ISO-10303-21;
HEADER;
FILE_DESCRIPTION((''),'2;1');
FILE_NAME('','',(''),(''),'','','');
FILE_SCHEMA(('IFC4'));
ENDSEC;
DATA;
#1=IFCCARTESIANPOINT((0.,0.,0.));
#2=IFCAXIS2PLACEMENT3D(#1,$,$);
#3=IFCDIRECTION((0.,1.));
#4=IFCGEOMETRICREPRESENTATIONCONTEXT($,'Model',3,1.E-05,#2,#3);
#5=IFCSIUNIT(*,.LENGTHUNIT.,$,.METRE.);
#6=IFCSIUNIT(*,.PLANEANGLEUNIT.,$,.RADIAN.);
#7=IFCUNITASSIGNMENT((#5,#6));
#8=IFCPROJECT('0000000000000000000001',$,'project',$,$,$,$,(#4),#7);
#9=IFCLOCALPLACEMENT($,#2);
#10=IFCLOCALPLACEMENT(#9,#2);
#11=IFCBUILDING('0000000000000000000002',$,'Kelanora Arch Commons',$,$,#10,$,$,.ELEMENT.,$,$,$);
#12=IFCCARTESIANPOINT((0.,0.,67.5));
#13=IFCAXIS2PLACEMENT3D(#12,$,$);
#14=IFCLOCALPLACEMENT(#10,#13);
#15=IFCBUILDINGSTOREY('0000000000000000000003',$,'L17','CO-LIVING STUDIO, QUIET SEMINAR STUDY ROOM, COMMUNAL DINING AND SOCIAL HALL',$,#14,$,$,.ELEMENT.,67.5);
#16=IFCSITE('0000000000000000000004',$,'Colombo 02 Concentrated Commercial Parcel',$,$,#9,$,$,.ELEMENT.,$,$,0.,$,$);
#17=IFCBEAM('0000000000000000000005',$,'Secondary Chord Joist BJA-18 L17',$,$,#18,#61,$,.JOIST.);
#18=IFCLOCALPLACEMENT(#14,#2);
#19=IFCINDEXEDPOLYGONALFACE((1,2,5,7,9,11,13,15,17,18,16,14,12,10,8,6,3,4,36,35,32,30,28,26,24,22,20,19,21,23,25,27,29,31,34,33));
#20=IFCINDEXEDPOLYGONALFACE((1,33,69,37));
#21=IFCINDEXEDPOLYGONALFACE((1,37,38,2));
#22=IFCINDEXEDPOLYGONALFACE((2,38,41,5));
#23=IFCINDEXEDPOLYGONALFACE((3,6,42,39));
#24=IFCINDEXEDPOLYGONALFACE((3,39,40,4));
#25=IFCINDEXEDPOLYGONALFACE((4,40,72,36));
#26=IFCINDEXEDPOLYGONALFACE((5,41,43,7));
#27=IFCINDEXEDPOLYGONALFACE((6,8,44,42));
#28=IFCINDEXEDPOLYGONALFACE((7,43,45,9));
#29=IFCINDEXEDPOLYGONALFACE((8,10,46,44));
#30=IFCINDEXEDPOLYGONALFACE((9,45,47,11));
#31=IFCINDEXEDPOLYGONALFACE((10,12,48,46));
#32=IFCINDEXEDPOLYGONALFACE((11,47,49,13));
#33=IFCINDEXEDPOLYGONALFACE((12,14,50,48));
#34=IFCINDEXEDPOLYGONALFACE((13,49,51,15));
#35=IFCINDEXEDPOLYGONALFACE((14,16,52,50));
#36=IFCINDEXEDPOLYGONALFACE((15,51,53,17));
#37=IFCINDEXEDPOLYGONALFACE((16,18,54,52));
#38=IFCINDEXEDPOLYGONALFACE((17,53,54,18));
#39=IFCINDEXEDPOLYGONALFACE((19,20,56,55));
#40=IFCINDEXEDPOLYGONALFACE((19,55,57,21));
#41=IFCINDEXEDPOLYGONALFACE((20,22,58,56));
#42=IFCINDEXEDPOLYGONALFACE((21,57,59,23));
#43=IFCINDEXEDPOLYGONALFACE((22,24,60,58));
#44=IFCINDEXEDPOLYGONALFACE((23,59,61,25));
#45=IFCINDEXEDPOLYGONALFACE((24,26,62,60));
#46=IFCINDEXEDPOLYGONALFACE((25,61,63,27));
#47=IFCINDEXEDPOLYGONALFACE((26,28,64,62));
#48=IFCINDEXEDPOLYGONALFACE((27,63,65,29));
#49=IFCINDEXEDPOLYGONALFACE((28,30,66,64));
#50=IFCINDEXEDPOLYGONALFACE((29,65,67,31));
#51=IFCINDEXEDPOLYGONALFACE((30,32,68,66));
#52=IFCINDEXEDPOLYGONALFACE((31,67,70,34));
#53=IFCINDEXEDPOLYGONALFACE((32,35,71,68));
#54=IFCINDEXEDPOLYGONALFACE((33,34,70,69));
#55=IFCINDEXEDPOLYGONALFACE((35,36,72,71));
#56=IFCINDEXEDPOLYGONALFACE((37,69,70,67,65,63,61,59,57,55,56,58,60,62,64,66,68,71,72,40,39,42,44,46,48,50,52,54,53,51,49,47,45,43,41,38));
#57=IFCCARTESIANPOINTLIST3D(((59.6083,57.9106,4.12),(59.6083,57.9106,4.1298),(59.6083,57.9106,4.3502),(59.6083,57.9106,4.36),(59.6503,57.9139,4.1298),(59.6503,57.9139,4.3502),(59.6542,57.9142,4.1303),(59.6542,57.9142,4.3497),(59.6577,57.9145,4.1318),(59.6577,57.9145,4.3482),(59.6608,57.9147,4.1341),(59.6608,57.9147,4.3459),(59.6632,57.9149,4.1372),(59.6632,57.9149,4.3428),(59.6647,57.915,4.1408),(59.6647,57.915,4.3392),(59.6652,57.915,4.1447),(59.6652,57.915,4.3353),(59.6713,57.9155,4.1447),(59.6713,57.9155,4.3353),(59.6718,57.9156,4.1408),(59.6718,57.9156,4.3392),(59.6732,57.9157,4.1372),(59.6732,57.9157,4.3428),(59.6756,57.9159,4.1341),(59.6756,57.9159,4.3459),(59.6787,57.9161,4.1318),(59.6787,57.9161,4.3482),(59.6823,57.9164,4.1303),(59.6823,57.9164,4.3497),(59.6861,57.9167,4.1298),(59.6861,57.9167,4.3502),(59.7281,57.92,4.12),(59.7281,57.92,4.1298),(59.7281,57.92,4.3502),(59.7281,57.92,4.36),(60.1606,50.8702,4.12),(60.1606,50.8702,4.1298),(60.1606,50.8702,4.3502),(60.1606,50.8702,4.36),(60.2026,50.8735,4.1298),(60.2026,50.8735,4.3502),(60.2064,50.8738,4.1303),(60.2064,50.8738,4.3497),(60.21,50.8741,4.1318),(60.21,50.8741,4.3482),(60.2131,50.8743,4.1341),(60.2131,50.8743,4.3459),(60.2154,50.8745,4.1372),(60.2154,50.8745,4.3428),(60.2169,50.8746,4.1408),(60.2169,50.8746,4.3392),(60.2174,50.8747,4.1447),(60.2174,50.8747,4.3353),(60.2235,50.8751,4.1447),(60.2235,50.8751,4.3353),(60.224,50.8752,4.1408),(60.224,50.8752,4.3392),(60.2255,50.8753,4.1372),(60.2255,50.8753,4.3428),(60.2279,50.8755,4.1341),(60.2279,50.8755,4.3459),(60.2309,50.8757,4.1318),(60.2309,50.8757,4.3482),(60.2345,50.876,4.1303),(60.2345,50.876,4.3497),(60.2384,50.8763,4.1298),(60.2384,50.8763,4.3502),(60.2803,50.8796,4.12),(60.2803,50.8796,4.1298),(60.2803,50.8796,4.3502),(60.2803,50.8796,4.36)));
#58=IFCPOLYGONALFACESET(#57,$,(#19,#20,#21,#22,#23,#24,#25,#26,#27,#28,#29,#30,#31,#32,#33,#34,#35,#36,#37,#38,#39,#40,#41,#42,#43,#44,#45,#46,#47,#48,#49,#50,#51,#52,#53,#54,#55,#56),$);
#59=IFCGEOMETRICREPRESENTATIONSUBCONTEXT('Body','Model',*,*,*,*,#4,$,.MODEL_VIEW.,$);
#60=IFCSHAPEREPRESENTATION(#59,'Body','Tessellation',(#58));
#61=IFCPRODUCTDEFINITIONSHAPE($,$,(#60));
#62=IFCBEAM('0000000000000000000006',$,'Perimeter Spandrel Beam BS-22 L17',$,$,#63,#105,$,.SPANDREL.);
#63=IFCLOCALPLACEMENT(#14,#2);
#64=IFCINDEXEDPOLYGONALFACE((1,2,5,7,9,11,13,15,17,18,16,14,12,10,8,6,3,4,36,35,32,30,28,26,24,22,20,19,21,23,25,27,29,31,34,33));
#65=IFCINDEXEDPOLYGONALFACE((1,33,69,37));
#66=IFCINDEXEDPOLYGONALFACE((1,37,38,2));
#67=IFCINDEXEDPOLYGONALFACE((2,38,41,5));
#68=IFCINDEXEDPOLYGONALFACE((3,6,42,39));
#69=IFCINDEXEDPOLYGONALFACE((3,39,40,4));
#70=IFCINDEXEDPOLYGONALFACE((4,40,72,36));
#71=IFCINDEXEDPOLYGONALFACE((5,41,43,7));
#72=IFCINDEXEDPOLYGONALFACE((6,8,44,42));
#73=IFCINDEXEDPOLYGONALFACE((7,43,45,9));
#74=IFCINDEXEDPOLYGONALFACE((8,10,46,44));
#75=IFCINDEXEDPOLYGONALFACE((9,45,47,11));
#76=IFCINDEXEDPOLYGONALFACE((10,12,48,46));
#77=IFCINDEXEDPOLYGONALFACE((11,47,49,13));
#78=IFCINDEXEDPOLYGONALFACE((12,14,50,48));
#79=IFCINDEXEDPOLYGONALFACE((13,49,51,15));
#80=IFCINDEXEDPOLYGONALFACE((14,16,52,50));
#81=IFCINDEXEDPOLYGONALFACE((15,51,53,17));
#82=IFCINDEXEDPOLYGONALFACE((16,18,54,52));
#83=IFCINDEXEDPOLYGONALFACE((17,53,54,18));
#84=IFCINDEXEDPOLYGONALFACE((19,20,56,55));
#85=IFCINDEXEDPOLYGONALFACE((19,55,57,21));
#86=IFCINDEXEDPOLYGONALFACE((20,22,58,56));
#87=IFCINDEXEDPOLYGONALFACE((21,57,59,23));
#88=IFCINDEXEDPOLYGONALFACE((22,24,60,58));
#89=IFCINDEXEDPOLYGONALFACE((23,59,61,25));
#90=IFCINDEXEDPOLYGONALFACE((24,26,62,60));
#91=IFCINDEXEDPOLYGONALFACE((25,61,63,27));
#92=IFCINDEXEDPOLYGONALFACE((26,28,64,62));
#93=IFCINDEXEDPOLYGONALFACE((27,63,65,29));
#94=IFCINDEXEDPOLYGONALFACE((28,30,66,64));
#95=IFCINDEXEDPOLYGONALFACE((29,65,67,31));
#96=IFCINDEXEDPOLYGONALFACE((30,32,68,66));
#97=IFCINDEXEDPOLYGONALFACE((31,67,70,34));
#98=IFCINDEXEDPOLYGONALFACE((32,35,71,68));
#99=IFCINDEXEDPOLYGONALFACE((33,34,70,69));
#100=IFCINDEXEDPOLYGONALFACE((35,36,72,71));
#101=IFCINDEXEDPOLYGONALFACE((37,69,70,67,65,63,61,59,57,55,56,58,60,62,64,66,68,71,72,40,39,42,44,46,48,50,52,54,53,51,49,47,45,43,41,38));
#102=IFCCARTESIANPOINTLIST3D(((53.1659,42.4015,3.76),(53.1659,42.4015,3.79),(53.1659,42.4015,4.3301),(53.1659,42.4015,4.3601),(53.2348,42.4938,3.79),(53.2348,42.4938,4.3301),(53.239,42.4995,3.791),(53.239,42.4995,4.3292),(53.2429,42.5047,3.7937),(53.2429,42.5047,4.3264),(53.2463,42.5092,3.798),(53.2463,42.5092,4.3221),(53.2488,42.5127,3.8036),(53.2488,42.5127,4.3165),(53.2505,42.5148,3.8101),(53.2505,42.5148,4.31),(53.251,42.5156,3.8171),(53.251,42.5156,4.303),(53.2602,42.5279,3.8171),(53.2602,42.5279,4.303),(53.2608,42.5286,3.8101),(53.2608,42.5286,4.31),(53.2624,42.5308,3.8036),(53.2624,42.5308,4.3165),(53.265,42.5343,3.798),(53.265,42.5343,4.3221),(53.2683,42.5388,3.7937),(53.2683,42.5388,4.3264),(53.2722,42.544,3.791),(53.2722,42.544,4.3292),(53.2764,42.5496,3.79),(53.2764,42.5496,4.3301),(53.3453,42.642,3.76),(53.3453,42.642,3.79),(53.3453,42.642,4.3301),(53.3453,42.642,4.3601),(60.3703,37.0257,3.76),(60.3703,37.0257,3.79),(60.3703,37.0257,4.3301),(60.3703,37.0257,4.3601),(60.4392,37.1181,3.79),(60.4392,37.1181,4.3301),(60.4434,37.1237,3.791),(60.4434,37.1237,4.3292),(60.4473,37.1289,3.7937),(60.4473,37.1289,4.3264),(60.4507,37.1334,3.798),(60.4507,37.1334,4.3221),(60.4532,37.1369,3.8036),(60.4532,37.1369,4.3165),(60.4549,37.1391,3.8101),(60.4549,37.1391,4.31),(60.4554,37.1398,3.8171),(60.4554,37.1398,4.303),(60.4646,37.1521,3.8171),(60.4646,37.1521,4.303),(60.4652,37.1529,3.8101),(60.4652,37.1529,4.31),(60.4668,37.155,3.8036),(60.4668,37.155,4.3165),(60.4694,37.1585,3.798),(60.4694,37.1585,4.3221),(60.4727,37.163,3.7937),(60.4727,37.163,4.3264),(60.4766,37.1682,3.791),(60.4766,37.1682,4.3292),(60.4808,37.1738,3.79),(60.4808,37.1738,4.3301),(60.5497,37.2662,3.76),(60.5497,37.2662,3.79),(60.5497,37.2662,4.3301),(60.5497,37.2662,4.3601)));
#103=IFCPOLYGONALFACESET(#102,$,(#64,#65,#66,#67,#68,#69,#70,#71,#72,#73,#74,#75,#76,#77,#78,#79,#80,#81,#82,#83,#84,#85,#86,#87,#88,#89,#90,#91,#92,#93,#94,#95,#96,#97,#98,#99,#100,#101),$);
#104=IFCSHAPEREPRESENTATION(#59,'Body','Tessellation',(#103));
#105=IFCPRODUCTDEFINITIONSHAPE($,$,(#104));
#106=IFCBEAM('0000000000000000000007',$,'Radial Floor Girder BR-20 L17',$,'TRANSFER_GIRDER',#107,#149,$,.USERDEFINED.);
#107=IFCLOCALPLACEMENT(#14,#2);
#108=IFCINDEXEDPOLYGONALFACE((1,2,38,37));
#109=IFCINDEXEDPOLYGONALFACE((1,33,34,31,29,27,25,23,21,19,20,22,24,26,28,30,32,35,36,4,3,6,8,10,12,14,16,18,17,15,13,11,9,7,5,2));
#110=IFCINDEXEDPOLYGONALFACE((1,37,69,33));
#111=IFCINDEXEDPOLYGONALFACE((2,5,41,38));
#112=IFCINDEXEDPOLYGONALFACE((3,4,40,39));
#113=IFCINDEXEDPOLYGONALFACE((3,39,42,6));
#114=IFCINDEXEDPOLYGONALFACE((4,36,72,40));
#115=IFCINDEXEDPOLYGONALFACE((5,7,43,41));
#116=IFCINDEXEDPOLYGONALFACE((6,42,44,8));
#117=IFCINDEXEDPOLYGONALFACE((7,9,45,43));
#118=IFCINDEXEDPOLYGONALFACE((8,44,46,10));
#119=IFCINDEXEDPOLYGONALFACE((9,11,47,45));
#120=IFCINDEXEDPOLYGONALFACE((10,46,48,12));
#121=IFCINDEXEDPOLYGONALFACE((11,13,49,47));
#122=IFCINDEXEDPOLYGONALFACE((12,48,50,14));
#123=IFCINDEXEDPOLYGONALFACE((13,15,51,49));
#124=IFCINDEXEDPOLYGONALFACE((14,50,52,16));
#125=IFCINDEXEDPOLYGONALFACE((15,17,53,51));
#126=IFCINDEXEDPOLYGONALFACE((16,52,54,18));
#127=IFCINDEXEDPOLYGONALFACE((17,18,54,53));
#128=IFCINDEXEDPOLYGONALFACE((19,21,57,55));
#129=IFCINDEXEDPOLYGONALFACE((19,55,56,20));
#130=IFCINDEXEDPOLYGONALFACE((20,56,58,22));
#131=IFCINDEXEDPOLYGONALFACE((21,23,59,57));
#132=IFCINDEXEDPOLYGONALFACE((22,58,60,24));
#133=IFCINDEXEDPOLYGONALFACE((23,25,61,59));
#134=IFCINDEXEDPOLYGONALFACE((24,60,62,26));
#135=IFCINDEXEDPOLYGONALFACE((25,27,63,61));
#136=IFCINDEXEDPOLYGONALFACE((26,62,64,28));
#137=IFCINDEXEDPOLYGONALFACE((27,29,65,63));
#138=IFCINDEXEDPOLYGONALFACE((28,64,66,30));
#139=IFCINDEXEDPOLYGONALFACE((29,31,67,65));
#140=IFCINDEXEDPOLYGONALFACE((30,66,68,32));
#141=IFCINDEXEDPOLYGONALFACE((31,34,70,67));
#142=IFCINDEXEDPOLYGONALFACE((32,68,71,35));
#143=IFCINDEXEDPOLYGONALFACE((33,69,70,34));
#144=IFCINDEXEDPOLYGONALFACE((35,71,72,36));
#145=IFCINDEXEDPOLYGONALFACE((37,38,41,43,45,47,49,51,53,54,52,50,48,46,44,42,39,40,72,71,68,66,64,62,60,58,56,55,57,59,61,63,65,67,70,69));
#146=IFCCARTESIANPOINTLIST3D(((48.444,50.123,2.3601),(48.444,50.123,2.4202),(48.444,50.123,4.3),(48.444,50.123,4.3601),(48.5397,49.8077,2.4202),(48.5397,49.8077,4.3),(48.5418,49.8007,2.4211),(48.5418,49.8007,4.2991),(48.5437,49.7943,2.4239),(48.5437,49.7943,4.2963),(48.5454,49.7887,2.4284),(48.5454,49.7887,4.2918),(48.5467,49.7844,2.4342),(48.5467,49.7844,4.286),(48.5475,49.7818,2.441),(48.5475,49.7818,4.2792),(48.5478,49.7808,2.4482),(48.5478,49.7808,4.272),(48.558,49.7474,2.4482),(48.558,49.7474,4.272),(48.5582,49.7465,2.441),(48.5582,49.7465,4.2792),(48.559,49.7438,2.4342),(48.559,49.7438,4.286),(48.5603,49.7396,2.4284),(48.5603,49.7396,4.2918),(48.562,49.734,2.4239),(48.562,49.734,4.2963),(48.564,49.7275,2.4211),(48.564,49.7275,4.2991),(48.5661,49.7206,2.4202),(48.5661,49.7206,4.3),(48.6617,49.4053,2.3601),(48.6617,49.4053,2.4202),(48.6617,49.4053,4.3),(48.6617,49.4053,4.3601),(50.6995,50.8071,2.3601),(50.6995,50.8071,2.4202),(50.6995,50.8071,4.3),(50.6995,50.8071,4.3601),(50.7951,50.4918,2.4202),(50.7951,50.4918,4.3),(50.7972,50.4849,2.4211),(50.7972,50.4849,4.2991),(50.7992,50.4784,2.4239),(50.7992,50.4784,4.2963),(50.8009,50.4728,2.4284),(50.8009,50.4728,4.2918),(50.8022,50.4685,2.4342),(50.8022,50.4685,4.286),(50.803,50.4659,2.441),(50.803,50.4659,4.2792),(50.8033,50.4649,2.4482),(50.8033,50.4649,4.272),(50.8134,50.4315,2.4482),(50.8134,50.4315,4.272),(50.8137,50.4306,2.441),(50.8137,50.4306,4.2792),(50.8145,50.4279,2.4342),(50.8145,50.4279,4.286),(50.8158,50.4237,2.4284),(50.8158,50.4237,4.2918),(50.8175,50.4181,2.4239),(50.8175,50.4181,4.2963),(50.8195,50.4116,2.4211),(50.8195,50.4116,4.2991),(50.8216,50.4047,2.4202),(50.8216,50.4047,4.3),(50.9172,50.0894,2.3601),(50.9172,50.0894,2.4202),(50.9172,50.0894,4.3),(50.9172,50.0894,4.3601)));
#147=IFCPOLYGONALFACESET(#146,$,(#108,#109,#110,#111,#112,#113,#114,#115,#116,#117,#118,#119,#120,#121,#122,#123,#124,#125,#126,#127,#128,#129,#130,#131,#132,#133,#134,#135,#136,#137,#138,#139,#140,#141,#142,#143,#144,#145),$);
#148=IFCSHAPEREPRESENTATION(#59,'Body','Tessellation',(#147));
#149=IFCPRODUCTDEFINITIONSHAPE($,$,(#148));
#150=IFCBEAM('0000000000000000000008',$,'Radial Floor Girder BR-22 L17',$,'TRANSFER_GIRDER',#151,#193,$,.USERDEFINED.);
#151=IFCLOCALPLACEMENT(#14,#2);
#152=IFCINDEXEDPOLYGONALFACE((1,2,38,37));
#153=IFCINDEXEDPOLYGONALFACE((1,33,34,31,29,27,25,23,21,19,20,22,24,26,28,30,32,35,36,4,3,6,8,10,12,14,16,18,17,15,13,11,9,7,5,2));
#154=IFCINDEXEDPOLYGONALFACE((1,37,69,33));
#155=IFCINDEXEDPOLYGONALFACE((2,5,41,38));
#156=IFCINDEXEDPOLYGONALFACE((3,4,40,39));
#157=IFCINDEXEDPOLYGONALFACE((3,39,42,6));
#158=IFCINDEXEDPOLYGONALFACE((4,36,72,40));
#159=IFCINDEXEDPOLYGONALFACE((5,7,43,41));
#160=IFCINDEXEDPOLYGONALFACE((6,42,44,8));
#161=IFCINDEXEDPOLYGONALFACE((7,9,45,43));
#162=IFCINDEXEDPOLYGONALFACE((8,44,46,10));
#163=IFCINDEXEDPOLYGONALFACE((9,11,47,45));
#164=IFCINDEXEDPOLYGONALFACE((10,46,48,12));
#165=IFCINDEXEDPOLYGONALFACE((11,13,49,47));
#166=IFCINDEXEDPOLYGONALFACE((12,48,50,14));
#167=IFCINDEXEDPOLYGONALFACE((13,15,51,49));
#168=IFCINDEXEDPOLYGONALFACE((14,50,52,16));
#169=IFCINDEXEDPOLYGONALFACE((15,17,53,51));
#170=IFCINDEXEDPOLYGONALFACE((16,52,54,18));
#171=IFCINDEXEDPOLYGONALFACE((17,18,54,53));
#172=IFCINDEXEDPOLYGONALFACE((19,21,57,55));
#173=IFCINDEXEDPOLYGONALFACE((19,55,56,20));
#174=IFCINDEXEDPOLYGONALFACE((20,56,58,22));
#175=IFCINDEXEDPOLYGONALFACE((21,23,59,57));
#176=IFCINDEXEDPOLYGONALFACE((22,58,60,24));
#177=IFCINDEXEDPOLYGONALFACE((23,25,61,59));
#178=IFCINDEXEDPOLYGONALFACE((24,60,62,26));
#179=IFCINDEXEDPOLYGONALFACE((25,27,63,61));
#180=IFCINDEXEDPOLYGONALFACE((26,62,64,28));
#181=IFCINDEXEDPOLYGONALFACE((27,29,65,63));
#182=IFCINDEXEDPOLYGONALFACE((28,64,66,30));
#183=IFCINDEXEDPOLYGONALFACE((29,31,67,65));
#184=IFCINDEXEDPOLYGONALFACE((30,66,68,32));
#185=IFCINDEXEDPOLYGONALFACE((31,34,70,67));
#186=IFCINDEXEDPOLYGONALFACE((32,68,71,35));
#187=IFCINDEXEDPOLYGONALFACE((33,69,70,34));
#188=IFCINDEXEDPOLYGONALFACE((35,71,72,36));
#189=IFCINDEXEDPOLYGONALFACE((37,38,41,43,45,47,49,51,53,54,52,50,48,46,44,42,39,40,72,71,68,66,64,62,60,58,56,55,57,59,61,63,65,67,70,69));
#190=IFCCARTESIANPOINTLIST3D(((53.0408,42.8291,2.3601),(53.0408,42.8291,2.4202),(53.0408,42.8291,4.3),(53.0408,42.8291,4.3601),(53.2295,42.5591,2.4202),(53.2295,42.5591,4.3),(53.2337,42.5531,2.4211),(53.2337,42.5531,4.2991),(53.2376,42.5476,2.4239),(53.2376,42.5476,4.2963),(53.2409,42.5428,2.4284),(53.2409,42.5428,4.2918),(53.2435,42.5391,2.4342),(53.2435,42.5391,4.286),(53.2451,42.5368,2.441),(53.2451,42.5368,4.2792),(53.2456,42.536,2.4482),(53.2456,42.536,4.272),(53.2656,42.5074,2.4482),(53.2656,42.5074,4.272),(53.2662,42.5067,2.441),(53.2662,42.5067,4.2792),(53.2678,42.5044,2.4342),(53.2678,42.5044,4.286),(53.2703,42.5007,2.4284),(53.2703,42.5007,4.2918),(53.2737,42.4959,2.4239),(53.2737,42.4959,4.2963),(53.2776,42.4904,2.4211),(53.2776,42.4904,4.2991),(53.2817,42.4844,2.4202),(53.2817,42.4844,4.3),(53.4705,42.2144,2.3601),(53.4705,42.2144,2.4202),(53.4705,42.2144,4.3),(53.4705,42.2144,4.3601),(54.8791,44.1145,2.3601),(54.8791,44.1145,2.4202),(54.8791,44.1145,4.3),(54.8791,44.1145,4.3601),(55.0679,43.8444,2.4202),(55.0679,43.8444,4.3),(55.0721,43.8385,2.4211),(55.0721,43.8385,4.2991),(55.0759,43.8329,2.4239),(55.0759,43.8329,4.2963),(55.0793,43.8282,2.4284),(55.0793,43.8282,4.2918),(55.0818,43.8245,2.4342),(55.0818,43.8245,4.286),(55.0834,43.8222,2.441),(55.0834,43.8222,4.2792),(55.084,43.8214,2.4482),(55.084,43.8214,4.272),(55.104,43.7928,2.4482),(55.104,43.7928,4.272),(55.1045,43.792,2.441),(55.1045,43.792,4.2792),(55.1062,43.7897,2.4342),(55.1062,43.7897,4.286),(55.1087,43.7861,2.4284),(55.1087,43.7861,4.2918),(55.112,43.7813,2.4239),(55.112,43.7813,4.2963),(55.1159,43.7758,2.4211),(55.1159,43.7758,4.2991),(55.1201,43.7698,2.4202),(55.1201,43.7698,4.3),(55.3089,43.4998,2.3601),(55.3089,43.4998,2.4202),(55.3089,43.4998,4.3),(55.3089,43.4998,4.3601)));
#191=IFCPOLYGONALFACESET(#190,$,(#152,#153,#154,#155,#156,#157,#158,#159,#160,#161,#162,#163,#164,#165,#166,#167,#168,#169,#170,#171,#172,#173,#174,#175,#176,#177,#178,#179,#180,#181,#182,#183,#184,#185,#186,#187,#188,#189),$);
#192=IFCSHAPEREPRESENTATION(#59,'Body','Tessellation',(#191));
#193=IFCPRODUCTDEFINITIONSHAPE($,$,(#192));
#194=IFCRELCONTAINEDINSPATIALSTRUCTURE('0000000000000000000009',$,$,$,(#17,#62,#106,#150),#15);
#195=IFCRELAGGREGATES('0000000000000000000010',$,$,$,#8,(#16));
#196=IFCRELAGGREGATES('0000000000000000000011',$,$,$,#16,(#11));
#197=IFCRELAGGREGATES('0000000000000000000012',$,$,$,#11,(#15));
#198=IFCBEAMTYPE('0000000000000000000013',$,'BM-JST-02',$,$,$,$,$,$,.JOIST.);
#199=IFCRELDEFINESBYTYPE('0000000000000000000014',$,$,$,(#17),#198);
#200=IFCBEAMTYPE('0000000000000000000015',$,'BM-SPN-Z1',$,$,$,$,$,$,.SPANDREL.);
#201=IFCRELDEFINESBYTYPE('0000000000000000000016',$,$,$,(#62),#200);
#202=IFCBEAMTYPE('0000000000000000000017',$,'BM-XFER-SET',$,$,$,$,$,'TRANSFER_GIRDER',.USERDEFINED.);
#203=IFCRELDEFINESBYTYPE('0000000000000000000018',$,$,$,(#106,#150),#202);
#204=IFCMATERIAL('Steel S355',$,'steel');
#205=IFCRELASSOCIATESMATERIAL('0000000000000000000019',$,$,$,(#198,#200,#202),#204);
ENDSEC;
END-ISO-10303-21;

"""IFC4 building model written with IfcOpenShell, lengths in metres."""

from ifc_helpers import new_model, si_unit, direction, frame, origin, origin_2d, place, context, subcontext, project, spatial, i_section, extrude, material, material_profile, profile_set, type_object, element, save


model = new_model("IFC4")

# Units and contexts
model_context = context("Model", 3, precision=1e-05, world=origin(), true_north=direction((0.0, 1.0)))
body_context = subcontext(model_context, "Body", "Model", "MODEL_VIEW")
ifc_project = project(units=[si_unit("LENGTHUNIT", "METRE"), si_unit("PLANEANGLEUNIT", "RADIAN")], contexts=[model_context])

# Site, building, storey
site_placement = place(None, origin())
site = spatial("IfcSite", under=ifc_project, at=site_placement, Name="Colombo 02 Concentrated Commercial Parcel", CompositionType="ELEMENT", RefElevation=0.0)
building_placement = place(site_placement, origin())
building = spatial("IfcBuilding", under=site, at=building_placement, Name="Kelanora Arch Commons", CompositionType="ELEMENT")
storey_placement = place(building_placement, frame((0.0, 0.0, 67.5)))
storey = spatial("IfcBuildingStorey", under=building, at=storey_placement, Name="L17", Description="CO-LIVING STUDIO, QUIET SEMINAR STUDY ROOM, COMMUNAL DINING AND SOCIAL HALL", CompositionType="ELEMENT", Elevation=67.5)

# Beams
ifc_material_1 = material(Name="Steel S355", Category="steel")
ifc_material_profile_1 = material_profile(ifc_material_1, i_section(OverallWidth=0.1201, OverallDepth=0.24, WebThickness=0.0061, FlangeThickness=0.0098, FilletRadius=0.0149, at=origin_2d()), Name="IPE240")
ifc_profile_set_1 = profile_set([ifc_material_profile_1], Name="Steel S355")
beam_type_1 = type_object("IfcBeamType", Name="BM-JST-02", PredefinedType="JOIST", material=ifc_profile_set_1)
beam_1_placement = place(storey_placement, frame((59.6682, 57.9153, 4.24), z_axis=(0.078201, -0.996938, 0.0), x_axis=(0.996938, 0.078201, 0.0)))
element("IfcBeam", 1, at=beam_1_placement, inside=storey, type_object=beam_type_1, Name="Secondary Chord Joist BJA-18 L17", PredefinedType="JOIST", context=body_context, shape_type="SweptSolid", body=[
    extrude(i_section(OverallWidth=0.1201, OverallDepth=0.24, WebThickness=0.0061, FlangeThickness=0.0098, FilletRadius=0.0149, at=origin_2d()), origin(), (0.0, 0.0, 1.0), 7.062),
])
ifc_material_profile_2 = material_profile(ifc_material_1, i_section(OverallWidth=0.3, OverallDepth=0.6001, WebThickness=0.0154, FlangeThickness=0.03, FilletRadius=0.0271, at=origin_2d()), Name="HEB600")
ifc_profile_set_2 = profile_set([ifc_material_profile_2], Name="Steel S355")
beam_type_2 = type_object("IfcBeamType", Name="BM-SPN-Z1", PredefinedType="SPANDREL", material=ifc_profile_set_2)
beam_2_placement = place(storey_placement, frame((53.2556, 42.5217, 4.0601), z_axis=(0.801468, -0.598038, 0.0), x_axis=(0.598038, 0.801468, 0.0)))
element("IfcBeam", 2, at=beam_2_placement, inside=storey, type_object=beam_type_2, Name="Perimeter Spandrel Beam BS-22 L17", PredefinedType="SPANDREL", context=body_context, shape_type="SweptSolid", body=[
    extrude(i_section(OverallWidth=0.3, OverallDepth=0.6001, WebThickness=0.0154, FlangeThickness=0.03, FilletRadius=0.0271, at=origin_2d()), origin(), (0.0, 0.0, 1.0), 8.989),
])
ifc_material_profile_3 = material_profile(ifc_material_1, i_section(OverallWidth=0.75, OverallDepth=2.0, WebThickness=0.0349, FlangeThickness=0.0601, FilletRadius=0.0281, at=origin_2d()), Name="PG2000x750")
ifc_profile_set_3 = profile_set([ifc_material_profile_3], Name="Steel S355")
beam_type_3 = type_object("IfcBeamType", Name="BM-XFER-SET", ElementType="TRANSFER_GIRDER", PredefinedType="USERDEFINED", material=ifc_profile_set_3)
beam_3_placement = place(storey_placement, frame((50.8083, 50.4482, 3.3601), z_axis=(-0.956949, -0.290255, 0.0), x_axis=(0.290255, -0.956949, 0.0)))
element("IfcBeam", 3, at=beam_3_placement, inside=storey, type_object=beam_type_3, Name="Radial Floor Girder BR-20 L17", ObjectType="TRANSFER_GIRDER", PredefinedType="USERDEFINED", context=body_context, shape_type="SweptSolid", body=[
    extrude(i_section(OverallWidth=0.75, OverallDepth=2.0, WebThickness=0.0349, FlangeThickness=0.0601, FilletRadius=0.0281, at=origin_2d()), origin(), (0.0, 0.0, 1.0), 2.3569),
])
beam_4_placement = place(storey_placement, frame((55.094, 43.8071, 3.3601), z_axis=(-0.819539, -0.573024, 0.0), x_axis=(0.573024, -0.819539, 0.0)))
element("IfcBeam", 4, at=beam_4_placement, inside=storey, type_object=beam_type_3, Name="Radial Floor Girder BR-22 L17", ObjectType="TRANSFER_GIRDER", PredefinedType="USERDEFINED", context=body_context, shape_type="SweptSolid", body=[
    extrude(i_section(OverallWidth=0.75, OverallDepth=2.0, WebThickness=0.0349, FlangeThickness=0.0601, FilletRadius=0.0281, at=origin_2d()), origin(), (0.0, 0.0, 1.0), 2.2432),
])

save(model, "model.ifc")
